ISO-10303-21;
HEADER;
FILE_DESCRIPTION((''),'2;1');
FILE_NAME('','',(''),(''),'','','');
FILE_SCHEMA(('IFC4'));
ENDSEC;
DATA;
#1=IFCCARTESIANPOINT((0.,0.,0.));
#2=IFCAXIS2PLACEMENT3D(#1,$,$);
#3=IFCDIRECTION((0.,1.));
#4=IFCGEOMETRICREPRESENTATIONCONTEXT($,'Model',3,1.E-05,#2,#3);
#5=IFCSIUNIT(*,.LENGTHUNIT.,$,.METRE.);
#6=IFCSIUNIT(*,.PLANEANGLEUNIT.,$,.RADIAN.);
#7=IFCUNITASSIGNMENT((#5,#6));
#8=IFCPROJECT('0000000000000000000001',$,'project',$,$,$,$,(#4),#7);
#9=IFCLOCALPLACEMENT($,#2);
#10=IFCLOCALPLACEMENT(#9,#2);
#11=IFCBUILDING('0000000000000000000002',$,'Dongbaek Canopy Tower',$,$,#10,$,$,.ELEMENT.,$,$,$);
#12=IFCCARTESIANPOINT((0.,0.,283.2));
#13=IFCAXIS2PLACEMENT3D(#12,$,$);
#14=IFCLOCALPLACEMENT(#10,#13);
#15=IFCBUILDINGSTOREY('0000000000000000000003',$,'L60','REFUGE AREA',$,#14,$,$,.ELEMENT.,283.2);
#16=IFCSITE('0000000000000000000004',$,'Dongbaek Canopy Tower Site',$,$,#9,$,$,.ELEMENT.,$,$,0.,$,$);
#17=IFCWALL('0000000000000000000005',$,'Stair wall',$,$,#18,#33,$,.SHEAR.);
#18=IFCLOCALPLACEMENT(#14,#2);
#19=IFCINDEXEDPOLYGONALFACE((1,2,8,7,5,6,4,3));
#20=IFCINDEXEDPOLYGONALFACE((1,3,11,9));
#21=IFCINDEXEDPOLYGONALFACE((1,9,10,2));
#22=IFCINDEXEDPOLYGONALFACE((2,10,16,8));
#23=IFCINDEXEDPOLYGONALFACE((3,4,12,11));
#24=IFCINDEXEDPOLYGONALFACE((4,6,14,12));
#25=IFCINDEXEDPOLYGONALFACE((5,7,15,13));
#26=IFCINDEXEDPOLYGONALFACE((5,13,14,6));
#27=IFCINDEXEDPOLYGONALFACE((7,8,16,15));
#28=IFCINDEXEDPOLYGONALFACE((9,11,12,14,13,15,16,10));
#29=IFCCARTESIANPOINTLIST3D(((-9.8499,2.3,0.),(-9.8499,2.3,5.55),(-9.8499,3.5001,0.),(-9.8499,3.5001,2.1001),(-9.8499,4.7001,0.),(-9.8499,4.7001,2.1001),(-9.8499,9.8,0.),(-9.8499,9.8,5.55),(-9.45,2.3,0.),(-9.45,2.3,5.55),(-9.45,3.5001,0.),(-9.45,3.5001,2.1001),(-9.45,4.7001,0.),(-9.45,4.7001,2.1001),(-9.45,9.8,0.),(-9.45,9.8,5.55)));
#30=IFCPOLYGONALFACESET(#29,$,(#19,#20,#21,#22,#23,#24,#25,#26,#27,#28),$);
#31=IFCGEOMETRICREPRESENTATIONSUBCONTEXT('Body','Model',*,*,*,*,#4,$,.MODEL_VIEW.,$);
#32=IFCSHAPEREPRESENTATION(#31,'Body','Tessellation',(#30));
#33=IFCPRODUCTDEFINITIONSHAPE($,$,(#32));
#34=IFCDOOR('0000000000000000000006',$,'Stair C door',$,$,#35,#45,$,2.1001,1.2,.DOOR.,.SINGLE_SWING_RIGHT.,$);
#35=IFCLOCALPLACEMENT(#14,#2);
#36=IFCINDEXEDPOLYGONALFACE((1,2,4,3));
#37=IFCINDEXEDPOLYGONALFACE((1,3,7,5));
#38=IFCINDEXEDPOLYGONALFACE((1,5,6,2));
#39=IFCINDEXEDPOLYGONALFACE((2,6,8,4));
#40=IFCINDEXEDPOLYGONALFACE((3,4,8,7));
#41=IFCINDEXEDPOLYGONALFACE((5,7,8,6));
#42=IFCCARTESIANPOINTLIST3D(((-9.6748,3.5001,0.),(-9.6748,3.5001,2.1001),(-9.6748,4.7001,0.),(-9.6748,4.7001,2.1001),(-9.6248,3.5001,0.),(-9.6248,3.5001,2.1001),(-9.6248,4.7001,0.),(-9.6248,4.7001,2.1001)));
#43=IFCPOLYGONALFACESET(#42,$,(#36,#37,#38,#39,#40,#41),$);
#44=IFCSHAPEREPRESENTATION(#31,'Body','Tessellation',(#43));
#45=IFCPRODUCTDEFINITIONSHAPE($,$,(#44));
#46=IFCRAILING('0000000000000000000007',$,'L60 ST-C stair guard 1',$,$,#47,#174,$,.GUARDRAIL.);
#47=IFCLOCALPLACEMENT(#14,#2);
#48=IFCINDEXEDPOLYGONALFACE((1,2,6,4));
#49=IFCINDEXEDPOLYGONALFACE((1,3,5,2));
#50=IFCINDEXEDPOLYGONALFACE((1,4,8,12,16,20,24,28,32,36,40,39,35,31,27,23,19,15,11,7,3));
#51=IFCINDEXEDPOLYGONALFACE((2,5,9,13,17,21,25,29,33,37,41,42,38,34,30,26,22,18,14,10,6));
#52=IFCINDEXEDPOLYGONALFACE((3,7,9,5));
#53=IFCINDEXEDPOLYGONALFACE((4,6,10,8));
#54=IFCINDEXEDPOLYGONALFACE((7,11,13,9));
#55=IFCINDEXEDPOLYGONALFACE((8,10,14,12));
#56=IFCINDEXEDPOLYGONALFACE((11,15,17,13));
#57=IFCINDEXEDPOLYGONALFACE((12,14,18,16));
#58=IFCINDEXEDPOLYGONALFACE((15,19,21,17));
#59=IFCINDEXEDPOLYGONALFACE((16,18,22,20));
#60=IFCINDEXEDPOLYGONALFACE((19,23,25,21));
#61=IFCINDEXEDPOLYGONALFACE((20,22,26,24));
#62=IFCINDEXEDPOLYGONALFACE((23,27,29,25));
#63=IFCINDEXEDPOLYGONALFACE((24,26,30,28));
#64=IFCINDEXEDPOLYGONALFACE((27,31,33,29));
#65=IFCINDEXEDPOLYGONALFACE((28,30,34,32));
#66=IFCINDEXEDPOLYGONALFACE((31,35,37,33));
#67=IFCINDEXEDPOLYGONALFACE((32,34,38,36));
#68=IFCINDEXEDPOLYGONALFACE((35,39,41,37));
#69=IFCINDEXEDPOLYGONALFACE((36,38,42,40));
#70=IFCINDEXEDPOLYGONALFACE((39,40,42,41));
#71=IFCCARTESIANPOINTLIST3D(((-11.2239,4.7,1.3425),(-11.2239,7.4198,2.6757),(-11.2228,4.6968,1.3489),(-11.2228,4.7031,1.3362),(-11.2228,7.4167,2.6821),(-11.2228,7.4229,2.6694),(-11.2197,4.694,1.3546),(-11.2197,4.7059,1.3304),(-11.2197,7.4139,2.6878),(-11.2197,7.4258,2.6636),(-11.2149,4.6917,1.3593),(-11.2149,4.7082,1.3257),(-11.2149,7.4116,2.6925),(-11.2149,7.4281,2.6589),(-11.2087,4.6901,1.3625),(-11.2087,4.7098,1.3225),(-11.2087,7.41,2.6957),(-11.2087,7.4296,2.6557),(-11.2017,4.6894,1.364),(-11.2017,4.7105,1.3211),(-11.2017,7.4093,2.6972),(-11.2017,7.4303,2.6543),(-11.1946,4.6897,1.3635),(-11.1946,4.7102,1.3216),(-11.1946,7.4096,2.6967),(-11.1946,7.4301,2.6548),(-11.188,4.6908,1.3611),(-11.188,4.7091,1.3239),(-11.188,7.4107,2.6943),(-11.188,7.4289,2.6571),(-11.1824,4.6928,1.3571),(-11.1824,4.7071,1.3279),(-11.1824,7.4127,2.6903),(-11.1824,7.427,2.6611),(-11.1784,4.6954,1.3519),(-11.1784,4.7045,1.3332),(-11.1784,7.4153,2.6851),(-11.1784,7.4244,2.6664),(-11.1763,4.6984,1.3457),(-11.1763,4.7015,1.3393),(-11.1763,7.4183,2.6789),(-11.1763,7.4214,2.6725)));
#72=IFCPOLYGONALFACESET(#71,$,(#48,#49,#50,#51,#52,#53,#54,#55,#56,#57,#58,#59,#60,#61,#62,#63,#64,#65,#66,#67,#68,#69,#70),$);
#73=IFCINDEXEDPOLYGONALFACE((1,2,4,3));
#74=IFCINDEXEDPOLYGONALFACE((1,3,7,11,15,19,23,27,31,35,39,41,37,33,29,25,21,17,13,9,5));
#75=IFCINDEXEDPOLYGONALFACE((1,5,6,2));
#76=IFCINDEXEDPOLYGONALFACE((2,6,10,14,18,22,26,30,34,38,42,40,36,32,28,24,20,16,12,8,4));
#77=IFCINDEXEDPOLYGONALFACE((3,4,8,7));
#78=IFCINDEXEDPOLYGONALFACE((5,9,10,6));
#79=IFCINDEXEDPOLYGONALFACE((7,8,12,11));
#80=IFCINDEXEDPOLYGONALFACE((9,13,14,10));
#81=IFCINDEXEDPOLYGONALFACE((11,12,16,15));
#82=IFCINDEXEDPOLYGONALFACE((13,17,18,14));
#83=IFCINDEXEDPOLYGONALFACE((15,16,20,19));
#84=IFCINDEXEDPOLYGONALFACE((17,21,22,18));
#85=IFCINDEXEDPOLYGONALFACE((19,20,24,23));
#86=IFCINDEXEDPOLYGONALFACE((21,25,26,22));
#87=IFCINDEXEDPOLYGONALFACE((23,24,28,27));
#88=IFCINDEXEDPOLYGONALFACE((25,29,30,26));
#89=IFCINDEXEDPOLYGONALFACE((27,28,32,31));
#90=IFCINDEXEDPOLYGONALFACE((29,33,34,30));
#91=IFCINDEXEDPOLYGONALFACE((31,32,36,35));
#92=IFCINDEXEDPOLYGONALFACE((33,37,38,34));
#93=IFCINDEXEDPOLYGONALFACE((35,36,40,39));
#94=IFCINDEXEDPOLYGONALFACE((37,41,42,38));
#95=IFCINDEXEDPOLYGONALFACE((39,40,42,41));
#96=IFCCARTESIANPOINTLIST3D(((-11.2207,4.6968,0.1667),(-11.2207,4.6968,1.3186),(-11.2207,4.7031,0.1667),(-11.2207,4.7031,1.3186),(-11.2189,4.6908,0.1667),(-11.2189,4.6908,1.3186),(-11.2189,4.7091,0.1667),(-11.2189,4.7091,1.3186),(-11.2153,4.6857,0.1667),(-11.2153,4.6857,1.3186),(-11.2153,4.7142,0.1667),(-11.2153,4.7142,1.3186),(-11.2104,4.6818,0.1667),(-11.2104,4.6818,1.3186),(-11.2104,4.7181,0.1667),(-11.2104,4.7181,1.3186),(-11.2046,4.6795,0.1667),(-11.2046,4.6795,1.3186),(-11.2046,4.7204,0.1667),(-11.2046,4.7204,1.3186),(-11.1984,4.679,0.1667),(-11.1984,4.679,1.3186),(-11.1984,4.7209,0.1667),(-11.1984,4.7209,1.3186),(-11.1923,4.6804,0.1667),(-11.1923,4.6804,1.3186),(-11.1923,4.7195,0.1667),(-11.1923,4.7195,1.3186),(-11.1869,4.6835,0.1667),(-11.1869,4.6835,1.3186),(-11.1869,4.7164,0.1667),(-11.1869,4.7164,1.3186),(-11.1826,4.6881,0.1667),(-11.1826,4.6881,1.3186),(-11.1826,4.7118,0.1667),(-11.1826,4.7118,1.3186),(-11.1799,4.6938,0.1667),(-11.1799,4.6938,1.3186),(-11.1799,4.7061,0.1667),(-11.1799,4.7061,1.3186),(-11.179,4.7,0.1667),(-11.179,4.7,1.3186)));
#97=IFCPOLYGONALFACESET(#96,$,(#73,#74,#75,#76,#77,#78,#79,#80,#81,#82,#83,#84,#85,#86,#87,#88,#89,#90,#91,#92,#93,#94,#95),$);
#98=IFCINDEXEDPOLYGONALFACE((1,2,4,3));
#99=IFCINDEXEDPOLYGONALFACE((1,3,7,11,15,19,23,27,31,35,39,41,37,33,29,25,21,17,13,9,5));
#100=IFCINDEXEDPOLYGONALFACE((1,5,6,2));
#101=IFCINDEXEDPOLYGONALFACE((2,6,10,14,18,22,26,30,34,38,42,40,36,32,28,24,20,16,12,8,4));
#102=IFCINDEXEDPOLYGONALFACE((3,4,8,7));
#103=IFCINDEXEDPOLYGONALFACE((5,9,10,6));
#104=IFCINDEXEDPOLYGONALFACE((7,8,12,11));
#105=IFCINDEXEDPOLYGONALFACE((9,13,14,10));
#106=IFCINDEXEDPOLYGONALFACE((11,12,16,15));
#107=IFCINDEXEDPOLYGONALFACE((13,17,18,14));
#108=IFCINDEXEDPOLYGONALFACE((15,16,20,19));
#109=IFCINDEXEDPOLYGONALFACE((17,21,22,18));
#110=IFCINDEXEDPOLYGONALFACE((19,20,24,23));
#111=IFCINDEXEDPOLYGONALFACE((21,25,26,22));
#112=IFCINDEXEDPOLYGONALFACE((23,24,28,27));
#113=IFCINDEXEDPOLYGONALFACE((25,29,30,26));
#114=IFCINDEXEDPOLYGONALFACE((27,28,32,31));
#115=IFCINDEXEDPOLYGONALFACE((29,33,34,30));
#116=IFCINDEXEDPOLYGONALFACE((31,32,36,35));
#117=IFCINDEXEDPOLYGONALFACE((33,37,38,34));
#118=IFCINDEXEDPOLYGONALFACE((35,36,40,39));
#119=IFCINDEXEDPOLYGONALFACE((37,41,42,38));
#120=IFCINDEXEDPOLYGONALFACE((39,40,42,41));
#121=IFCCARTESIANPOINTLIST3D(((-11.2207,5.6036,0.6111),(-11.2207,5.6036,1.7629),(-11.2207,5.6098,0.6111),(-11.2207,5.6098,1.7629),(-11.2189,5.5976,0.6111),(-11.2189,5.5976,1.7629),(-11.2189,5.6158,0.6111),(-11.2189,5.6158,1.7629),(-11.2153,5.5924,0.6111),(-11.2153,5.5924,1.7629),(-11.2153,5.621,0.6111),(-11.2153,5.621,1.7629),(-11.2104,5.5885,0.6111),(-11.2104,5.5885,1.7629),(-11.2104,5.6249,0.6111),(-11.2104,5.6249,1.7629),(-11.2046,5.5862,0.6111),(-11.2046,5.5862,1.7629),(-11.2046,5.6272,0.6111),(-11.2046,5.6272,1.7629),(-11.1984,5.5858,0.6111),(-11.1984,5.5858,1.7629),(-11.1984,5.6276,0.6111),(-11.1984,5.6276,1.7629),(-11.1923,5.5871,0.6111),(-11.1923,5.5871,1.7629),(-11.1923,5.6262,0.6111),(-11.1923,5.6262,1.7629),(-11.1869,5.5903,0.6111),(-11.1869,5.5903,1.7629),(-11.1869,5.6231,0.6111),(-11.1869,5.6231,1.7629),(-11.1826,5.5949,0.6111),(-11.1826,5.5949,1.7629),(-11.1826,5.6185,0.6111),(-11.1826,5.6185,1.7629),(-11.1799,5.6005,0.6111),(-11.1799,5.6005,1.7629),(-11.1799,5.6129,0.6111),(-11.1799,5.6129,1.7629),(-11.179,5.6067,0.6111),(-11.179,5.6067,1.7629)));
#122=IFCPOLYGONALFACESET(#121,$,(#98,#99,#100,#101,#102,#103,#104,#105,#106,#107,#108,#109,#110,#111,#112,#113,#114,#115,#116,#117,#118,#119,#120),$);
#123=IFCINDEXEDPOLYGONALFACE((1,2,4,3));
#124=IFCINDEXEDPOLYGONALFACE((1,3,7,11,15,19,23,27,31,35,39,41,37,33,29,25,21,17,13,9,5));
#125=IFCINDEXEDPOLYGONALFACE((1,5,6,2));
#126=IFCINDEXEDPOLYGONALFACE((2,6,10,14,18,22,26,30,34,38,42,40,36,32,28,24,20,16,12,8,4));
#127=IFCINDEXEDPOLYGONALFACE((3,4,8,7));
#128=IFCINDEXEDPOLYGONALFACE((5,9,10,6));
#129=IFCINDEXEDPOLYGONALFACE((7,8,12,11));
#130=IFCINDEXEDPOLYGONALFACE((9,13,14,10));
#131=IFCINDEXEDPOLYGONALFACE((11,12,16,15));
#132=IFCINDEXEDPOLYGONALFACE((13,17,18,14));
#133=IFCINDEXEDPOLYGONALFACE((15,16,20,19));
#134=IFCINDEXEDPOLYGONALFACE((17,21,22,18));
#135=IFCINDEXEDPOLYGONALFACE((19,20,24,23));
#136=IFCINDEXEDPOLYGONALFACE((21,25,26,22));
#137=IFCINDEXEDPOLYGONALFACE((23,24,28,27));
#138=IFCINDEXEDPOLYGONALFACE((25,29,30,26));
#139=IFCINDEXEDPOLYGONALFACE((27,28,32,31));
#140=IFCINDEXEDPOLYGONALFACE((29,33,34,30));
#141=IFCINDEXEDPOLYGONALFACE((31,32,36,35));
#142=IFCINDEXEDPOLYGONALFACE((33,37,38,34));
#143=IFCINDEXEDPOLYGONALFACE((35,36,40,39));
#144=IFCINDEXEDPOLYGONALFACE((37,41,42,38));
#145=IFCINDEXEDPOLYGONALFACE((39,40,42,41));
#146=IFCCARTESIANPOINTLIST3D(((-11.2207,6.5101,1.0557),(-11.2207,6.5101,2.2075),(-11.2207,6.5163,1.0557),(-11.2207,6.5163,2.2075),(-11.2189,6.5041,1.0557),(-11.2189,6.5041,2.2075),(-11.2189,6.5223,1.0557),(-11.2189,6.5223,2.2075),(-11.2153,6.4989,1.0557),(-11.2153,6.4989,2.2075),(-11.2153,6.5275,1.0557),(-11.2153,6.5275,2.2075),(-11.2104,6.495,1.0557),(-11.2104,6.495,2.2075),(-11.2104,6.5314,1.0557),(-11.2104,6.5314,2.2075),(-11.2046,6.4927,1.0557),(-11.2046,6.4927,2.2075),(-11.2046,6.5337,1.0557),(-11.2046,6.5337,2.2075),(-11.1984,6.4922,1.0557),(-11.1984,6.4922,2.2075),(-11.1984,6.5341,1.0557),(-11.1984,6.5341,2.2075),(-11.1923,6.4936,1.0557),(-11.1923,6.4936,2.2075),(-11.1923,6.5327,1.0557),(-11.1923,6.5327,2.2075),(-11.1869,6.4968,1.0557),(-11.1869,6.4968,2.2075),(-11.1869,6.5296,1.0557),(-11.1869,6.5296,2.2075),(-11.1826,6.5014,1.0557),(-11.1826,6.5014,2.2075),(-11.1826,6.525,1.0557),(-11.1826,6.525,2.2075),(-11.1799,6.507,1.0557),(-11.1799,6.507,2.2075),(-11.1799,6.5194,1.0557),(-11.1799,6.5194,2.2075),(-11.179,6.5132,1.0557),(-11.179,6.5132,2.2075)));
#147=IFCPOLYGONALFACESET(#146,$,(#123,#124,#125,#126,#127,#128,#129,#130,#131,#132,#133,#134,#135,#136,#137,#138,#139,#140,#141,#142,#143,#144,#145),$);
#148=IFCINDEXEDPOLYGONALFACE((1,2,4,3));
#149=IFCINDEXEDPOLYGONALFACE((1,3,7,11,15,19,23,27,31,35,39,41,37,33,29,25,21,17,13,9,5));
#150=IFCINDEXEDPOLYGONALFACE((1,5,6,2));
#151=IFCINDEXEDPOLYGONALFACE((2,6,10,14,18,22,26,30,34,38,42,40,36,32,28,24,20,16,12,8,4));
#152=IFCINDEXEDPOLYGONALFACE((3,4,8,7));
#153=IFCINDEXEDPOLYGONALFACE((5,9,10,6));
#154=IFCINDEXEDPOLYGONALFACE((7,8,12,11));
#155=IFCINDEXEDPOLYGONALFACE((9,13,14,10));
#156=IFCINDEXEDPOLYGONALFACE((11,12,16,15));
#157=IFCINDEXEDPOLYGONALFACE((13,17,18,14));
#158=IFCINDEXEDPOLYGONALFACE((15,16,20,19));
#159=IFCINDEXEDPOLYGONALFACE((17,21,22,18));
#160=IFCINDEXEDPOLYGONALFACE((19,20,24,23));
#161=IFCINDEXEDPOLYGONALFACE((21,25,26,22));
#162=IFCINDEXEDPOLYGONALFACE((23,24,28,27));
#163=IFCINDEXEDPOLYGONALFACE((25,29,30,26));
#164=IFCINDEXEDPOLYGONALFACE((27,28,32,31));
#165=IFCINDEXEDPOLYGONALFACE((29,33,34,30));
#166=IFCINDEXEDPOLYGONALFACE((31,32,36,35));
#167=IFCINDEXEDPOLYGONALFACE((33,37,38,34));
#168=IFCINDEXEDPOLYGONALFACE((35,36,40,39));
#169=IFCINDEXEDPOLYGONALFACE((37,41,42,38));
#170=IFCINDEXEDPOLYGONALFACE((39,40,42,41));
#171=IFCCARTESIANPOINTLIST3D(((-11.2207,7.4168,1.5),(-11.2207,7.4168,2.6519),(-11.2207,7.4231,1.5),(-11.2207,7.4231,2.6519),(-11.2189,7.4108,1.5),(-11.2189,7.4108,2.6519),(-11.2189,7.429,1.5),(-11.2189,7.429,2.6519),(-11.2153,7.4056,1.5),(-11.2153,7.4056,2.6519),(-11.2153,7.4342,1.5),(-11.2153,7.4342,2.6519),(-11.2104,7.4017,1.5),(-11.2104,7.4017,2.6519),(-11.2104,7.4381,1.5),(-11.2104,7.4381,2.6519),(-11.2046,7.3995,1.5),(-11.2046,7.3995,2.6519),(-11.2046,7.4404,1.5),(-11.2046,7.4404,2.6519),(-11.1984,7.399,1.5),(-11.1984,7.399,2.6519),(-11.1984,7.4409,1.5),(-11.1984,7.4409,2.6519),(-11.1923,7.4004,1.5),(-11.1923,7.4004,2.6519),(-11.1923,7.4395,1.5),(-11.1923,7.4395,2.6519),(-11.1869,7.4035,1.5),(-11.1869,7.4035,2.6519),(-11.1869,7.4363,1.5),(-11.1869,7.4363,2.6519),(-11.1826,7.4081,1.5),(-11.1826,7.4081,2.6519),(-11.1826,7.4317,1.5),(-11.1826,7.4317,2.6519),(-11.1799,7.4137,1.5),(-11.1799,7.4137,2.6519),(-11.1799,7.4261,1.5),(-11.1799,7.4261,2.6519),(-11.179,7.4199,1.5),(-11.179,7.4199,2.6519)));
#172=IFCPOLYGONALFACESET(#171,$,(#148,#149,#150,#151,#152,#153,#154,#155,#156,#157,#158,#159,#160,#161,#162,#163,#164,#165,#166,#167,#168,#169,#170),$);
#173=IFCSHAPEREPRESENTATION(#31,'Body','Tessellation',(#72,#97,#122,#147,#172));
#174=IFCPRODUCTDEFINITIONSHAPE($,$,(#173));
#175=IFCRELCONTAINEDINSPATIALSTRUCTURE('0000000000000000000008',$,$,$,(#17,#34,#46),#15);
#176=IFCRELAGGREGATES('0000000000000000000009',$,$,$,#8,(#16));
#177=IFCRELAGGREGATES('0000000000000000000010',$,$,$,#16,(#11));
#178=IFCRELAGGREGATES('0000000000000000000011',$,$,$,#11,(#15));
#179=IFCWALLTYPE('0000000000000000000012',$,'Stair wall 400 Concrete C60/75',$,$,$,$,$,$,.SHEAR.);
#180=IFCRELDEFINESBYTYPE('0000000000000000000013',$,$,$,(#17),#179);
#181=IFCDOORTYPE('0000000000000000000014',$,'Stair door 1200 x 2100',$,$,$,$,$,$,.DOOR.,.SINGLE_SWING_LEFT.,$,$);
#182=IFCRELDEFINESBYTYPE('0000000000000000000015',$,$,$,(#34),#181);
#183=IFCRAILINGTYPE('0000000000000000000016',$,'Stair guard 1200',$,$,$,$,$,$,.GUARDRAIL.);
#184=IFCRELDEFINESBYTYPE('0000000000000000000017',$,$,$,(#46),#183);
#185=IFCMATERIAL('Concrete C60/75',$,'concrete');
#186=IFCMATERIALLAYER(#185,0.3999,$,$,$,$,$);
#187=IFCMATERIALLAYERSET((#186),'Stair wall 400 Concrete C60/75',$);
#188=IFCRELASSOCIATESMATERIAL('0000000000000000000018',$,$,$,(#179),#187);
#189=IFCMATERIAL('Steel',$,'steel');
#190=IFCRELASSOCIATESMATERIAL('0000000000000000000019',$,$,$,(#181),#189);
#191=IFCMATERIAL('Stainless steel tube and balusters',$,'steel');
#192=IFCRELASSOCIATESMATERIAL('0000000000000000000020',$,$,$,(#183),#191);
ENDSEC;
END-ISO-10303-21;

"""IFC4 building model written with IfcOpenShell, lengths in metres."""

from ifc_helpers import new_model, si_unit, direction, frame, frame_2d, origin, origin_2d, place, context, subcontext, project, spatial, rectangle, circle, extrude, material, layer, layer_set, type_object, element, fill, save


model = new_model("IFC4")

# Units and contexts
model_context = context("Model", 3, precision=1e-05, world=origin(), true_north=direction((0.0, 1.0)))
body_context = subcontext(model_context, "Body", "Model", "MODEL_VIEW")
ifc_project = project(units=[si_unit("LENGTHUNIT", "METRE"), si_unit("PLANEANGLEUNIT", "RADIAN")], contexts=[model_context])

# Site, building, storey
site_placement = place(None, origin())
site = spatial("IfcSite", under=ifc_project, at=site_placement, Name="Dongbaek Canopy Tower Site", CompositionType="ELEMENT", RefElevation=0.0)
building_placement = place(site_placement, origin())
building = spatial("IfcBuilding", under=site, at=building_placement, Name="Dongbaek Canopy Tower", CompositionType="ELEMENT")
storey_placement = place(building_placement, frame((0.0, 0.0, 283.2)))
storey = spatial("IfcBuildingStorey", under=building, at=storey_placement, Name="L60", Description="REFUGE AREA", CompositionType="ELEMENT", Elevation=283.2)

# Wall, opening, door
ifc_material_1 = material(Name="Concrete C60/75", Category="concrete")
ifc_layer_1 = layer(ifc_material_1, 0.3999)
ifc_layer_set_1 = layer_set([ifc_layer_1], Name="Stair wall 400 Concrete C60/75")
wall_type_1 = type_object("IfcWallType", Name="Stair wall 400 Concrete C60/75", PredefinedType="SHEAR", material=ifc_layer_set_1)
wall_1_placement = place(storey_placement, frame((-9.6499, 2.3, 0.0), z_axis=(0.0, 0.0, 1.0), x_axis=(0.0, 1.0, 0.0)))
wall_1 = element("IfcWall", 1, at=wall_1_placement, inside=storey, type_object=wall_type_1, Name="Stair wall", PredefinedType="SHEAR", context=body_context, shape_type="SweptSolid", body=[
    extrude(rectangle(XDim=7.5, YDim=0.3999, at=frame_2d((3.75, 0.0))), origin(), (0.0, 0.0, 1.0), 5.55),
])
opening_placement = place(wall_1_placement, frame((1.2, 0.0, 0.0)))
opening = element("IfcOpeningElement", 2, at=opening_placement, cuts=wall_1, PredefinedType="OPENING", context=body_context, shape_type="SweptSolid", body=[
    extrude(rectangle(XDim=1.2, YDim=2.1001, at=frame_2d((0.6001, 1.05))), frame((0.0, 0.21, 0.0), z_axis=(0.0, -1.0, 0.0), x_axis=(1.0, 0.0, 0.0)), (0.0, 0.0, 1.0), 0.4199),
])
ifc_material_2 = material(Name="Steel", Category="steel")
door_type = type_object("IfcDoorType", Name="Stair door 1200 x 2100", OperationType="SINGLE_SWING_LEFT", PredefinedType="DOOR", material=ifc_material_2)
door_placement = place(opening_placement, origin())
door = element("IfcDoor", 3, at=door_placement, inside=storey, type_object=door_type, Name="Stair C door", OperationType="SINGLE_SWING_RIGHT", OverallHeight=2.1001, OverallWidth=1.2, PredefinedType="DOOR", context=body_context, shape_type="SweptSolid", body=[
    extrude(rectangle(XDim=1.2, YDim=2.1001, at=frame_2d((0.6001, 1.05))), frame((0.0, 0.0249, 0.0), z_axis=(0.0, -1.0, 0.0), x_axis=(1.0, 0.0, 0.0)), (0.0, 0.0, 1.0), 0.05),
])
fill(opening, door)

# Railing
ifc_material_3 = material(Name="Stainless steel tube and balusters", Category="steel")
railing_type = type_object("IfcRailingType", Name="Stair guard 1200", PredefinedType="GUARDRAIL", material=ifc_material_3)
railing_1_placement = place(storey_placement, frame((-11.2, 4.7, 0.1667)))
element("IfcRailing", 4, at=railing_1_placement, inside=storey, type_object=railing_type, Name="L60 ST-C stair guard 1", PredefinedType="GUARDRAIL", context=body_context, shape_type="SweptSolid", body=[
    extrude(circle(Radius=0.0239, at=origin_2d()), frame((0.0, 0.0, 1.1758), z_axis=(0.0, 0.897929, 0.440139), x_axis=(-1.0, 0.0, 0.0)), (0.0, 0.0, 1.0), 3.0291),
    extrude(circle(Radius=0.021, at=origin_2d()), origin(), (0.0, 0.0, 1.0), 1.1519),
    extrude(circle(Radius=0.021, at=origin_2d()), frame((0.0, 0.9067, 0.4443)), (0.0, 0.0, 1.0), 1.1519),
    extrude(circle(Radius=0.021, at=origin_2d()), frame((0.0, 1.8132, 0.8889)), (0.0, 0.0, 1.0), 1.1519),
    extrude(circle(Radius=0.021, at=origin_2d()), frame((0.0, 2.72, 1.3333)), (0.0, 0.0, 1.0), 1.1519),
])

save(model, "model.ifc")
